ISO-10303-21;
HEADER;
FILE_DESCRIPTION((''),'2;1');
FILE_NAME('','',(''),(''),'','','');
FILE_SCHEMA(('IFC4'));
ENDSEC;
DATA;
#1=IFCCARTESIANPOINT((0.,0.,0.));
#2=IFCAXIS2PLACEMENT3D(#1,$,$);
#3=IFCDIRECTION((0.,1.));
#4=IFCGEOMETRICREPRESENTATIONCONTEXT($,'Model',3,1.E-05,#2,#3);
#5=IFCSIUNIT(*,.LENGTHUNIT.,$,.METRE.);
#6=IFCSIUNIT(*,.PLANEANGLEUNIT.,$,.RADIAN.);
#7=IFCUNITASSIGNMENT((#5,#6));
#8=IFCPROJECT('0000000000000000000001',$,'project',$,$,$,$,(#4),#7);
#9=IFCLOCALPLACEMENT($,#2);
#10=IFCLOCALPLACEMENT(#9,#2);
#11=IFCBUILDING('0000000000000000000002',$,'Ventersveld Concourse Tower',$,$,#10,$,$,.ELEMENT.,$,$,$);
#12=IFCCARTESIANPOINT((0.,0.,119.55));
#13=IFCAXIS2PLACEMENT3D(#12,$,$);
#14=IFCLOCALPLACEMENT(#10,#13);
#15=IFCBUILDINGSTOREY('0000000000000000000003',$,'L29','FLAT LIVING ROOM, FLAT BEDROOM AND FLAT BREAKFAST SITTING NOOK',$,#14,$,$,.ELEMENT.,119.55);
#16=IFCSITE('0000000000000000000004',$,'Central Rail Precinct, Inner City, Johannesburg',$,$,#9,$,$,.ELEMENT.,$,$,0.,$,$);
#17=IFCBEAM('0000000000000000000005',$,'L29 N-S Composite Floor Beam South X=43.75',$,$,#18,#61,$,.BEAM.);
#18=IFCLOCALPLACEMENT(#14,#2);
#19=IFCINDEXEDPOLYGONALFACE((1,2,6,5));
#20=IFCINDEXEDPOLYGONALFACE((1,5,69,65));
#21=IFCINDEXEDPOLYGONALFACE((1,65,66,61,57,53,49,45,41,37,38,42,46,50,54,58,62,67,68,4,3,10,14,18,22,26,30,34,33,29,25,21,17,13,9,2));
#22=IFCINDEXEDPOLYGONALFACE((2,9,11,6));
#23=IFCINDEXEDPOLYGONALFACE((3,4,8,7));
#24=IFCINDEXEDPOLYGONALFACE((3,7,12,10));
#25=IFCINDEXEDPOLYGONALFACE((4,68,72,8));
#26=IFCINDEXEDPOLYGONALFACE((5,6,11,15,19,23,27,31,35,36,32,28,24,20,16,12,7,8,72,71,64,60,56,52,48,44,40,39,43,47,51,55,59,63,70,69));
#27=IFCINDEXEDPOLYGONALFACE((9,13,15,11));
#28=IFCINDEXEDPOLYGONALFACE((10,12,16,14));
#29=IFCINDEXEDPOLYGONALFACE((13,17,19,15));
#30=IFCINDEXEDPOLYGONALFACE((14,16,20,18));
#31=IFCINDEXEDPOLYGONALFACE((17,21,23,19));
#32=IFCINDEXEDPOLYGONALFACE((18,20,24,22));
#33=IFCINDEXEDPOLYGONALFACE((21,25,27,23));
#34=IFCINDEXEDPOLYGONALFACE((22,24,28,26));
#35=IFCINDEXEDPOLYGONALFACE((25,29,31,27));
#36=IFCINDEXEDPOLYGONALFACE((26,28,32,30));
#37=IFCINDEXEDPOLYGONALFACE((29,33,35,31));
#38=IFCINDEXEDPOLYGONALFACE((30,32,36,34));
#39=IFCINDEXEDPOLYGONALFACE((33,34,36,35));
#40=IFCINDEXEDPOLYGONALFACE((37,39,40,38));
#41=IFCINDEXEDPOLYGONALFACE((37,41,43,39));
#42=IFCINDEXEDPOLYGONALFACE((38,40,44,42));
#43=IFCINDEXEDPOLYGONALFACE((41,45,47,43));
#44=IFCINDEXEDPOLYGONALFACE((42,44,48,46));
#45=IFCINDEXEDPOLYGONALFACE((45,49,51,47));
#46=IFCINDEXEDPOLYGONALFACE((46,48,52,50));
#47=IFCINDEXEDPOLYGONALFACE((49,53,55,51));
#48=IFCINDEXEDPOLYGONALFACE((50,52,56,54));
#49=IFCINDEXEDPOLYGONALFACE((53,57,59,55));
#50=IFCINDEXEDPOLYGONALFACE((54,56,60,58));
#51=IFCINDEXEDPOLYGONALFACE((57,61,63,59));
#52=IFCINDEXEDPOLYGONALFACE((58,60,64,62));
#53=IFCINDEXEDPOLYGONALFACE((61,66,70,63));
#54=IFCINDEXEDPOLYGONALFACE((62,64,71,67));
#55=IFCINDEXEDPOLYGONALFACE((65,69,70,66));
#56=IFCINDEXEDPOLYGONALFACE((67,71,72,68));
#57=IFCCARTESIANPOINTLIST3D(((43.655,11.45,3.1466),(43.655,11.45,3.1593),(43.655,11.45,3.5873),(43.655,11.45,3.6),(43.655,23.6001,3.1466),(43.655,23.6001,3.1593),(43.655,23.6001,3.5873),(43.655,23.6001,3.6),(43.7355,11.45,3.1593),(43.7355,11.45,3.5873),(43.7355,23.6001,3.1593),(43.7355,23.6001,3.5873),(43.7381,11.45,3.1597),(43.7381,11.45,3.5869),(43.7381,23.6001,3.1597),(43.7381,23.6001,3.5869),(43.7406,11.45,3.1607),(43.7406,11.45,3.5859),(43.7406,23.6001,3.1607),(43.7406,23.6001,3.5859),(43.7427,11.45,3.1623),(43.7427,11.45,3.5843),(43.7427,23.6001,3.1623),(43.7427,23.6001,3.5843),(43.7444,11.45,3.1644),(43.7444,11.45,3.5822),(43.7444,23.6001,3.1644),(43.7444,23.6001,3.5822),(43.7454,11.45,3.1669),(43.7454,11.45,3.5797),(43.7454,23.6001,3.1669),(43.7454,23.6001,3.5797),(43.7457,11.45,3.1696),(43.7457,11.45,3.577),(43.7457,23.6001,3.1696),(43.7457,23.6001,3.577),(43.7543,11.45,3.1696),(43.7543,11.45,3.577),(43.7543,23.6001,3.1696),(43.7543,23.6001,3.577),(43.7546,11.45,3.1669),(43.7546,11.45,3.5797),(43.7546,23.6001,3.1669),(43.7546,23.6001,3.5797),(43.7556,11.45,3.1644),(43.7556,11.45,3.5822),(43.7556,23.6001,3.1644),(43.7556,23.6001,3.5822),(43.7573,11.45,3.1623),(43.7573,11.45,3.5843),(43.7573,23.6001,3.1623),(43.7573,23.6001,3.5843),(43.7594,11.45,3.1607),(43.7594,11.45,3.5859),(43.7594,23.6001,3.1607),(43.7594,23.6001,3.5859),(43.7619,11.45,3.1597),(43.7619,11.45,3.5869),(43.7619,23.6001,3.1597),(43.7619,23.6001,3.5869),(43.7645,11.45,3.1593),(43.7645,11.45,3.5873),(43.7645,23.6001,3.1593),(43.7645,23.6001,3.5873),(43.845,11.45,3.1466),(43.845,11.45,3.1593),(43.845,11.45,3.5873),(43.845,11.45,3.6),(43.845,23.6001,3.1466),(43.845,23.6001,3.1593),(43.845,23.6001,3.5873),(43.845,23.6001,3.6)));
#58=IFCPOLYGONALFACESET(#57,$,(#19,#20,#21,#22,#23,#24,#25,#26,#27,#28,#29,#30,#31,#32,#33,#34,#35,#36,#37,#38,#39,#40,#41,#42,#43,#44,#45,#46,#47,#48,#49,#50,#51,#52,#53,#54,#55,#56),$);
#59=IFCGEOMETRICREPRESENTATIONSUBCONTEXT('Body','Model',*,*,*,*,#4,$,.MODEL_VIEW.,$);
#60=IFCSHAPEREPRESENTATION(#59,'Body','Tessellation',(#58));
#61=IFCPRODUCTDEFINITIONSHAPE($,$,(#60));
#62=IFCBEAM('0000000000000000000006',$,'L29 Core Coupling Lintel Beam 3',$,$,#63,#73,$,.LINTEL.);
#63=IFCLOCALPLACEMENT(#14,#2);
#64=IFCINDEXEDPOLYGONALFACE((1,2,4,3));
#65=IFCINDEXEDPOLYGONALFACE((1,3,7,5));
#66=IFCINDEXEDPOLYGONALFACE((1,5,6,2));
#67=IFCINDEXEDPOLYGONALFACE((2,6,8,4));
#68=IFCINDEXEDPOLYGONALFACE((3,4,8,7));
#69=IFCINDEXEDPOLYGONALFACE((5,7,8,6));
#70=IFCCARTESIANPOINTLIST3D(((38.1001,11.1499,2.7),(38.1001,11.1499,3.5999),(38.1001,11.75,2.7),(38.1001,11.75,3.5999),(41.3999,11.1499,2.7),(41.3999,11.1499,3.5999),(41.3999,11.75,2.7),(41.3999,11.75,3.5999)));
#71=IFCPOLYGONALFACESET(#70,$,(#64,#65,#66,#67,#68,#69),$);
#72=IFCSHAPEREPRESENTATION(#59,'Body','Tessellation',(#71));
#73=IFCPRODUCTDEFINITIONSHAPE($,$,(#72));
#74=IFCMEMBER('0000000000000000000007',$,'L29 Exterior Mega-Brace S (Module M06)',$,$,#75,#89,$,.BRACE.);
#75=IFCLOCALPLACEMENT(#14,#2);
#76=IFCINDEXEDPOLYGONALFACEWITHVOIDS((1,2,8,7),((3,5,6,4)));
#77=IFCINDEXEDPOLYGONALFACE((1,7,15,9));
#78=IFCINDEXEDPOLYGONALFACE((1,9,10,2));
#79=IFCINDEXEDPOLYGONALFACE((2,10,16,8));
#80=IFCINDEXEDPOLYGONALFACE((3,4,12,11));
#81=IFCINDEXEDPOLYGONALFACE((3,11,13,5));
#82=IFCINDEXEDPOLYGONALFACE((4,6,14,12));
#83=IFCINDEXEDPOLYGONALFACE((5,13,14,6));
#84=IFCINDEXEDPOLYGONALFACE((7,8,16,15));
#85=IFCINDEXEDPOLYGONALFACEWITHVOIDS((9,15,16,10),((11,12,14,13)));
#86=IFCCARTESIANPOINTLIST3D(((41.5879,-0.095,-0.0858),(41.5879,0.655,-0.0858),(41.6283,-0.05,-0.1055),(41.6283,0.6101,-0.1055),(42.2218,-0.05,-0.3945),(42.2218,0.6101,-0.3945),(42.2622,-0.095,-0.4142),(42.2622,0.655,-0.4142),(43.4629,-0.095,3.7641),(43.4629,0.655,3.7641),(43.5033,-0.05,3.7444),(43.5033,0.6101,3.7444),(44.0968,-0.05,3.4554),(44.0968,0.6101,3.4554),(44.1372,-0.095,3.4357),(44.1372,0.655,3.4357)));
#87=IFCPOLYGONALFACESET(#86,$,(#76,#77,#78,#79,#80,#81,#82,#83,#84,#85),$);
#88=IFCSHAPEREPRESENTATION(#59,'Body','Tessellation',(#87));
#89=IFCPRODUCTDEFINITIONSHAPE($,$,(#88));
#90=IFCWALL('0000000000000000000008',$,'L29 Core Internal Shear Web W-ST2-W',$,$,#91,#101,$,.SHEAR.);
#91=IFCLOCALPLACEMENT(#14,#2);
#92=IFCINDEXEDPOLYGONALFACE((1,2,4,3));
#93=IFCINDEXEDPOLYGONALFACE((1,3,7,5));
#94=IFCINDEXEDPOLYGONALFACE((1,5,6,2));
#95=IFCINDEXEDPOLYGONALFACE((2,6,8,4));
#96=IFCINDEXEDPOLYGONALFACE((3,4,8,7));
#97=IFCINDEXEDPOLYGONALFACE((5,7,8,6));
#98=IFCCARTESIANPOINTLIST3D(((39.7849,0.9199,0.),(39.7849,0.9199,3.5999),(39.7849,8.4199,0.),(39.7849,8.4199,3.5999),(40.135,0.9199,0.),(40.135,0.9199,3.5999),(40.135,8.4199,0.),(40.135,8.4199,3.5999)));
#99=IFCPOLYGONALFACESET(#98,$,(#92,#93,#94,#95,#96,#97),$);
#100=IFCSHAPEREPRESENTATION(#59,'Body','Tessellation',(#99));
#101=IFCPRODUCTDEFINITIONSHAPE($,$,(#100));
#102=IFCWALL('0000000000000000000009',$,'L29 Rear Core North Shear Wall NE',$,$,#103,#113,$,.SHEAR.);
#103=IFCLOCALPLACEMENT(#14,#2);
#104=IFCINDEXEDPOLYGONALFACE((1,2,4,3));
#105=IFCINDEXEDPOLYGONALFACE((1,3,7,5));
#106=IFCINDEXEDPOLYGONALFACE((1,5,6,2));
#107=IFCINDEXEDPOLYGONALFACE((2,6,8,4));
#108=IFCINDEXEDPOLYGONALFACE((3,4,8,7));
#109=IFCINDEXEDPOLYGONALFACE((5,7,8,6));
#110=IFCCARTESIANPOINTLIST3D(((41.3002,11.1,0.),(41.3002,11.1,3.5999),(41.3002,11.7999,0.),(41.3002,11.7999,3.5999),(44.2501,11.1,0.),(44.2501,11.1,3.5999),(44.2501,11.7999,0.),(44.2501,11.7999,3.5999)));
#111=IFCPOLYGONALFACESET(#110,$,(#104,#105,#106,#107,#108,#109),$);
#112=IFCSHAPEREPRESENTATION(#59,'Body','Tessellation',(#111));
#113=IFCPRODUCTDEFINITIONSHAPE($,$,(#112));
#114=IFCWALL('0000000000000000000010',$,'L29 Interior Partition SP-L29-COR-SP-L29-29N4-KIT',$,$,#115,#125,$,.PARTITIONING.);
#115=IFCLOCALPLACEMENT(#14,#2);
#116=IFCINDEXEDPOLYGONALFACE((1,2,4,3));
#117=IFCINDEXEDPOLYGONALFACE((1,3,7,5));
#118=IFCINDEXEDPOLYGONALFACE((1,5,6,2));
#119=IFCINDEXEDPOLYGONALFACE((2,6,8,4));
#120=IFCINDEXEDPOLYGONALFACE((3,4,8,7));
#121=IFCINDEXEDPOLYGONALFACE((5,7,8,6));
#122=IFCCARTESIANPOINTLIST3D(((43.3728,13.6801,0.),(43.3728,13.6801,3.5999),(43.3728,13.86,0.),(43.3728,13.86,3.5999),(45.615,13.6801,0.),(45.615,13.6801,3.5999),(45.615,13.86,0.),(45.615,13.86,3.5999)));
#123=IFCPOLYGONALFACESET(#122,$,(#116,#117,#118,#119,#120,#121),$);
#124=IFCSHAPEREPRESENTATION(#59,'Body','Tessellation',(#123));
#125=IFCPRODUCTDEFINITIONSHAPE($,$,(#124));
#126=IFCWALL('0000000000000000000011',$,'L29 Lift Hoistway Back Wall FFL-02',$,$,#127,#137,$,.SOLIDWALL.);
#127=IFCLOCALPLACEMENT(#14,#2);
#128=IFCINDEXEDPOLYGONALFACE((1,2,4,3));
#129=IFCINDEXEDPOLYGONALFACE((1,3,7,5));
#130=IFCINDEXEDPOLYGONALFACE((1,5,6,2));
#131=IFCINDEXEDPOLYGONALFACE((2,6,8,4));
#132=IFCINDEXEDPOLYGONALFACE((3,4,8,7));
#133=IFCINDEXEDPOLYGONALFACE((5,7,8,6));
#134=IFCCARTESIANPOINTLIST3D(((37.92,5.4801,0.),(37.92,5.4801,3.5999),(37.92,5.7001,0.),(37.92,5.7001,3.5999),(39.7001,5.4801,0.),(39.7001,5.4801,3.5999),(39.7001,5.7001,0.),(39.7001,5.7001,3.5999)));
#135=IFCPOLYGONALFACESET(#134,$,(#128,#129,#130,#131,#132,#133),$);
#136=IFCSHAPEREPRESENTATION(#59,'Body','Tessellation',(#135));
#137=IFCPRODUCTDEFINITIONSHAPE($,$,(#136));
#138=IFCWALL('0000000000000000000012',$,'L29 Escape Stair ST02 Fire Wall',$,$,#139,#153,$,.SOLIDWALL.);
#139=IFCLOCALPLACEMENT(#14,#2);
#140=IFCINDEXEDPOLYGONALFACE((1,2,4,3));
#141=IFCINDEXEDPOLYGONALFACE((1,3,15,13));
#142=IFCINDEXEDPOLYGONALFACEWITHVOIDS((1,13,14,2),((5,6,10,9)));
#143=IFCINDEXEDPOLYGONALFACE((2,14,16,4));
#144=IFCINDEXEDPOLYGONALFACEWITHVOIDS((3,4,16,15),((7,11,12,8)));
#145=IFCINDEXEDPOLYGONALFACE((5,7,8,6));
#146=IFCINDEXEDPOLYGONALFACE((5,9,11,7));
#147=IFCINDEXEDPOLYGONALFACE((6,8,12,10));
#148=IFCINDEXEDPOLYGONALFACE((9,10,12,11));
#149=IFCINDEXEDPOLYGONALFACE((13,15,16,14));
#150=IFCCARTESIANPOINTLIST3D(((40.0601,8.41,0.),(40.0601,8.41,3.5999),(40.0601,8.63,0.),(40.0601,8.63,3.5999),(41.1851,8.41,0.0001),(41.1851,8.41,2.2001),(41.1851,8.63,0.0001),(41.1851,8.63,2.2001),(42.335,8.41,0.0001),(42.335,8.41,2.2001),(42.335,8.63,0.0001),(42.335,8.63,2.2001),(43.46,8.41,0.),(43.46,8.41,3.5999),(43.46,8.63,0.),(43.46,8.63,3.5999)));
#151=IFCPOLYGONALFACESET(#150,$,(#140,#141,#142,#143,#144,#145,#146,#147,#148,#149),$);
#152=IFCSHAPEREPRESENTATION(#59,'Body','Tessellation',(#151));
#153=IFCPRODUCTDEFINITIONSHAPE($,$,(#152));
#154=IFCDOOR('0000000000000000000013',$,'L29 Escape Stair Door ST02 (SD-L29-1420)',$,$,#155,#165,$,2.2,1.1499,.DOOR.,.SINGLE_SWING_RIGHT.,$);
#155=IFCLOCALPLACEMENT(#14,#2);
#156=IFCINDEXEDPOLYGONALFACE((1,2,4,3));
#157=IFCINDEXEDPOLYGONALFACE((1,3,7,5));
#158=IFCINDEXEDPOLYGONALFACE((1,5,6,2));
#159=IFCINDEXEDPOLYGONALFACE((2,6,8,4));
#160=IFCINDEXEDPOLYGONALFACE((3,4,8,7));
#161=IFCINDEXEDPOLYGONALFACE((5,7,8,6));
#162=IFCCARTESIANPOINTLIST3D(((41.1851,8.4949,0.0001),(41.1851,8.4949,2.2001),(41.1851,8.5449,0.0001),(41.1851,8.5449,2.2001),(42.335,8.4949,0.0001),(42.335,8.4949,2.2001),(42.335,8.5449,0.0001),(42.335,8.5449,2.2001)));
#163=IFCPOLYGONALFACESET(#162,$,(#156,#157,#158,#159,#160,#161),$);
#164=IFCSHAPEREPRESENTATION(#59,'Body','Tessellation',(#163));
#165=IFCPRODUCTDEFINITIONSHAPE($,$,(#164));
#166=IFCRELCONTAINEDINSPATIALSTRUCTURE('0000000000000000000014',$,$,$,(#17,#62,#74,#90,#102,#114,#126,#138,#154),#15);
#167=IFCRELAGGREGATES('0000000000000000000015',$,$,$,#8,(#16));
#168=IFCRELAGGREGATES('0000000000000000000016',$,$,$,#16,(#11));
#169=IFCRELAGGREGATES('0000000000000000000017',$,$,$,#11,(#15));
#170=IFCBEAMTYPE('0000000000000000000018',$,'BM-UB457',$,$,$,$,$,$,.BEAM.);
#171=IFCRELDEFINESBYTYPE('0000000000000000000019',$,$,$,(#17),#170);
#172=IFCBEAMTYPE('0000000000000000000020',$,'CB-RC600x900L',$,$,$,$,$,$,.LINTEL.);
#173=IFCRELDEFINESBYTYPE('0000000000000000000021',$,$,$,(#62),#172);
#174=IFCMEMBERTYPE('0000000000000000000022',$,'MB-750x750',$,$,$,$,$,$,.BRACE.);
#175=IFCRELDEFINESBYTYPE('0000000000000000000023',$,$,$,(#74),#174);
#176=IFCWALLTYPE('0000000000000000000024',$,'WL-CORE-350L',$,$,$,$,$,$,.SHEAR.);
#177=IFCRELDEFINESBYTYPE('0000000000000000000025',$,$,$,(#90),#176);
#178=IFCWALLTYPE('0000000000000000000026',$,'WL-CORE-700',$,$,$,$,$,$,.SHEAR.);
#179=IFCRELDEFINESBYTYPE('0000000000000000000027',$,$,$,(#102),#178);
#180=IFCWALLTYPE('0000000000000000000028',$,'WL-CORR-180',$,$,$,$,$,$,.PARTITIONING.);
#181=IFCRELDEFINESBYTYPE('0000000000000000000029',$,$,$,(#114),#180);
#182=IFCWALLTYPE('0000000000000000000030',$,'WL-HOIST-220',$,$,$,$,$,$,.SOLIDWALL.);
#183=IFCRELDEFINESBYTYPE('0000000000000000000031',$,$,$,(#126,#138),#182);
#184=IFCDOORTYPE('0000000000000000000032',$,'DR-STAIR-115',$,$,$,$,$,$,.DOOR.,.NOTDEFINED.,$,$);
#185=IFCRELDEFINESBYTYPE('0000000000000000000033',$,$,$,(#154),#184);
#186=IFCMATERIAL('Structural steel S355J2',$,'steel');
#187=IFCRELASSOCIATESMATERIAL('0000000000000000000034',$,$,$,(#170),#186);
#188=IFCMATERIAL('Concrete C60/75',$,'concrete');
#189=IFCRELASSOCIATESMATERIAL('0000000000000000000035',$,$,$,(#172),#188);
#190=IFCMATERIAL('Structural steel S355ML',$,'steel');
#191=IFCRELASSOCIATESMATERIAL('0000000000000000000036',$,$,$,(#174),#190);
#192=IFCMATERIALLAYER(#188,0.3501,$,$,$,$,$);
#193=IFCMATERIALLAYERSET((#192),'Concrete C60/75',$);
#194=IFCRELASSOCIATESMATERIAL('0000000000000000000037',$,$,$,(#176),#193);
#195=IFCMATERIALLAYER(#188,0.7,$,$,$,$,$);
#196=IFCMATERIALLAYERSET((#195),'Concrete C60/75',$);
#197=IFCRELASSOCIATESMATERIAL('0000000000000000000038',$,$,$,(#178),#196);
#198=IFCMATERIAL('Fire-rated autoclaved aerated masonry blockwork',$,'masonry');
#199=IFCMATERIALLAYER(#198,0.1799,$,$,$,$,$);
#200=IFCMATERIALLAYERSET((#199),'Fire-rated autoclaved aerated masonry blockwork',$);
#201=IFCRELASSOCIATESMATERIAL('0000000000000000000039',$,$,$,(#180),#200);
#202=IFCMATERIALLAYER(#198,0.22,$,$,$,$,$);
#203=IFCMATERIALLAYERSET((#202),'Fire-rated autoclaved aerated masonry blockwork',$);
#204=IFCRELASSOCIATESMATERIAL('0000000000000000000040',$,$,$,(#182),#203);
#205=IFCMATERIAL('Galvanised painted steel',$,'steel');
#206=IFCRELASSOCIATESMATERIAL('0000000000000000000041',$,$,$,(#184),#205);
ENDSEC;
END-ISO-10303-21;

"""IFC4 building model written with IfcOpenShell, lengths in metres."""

from ifc_helpers import new_model, si_unit, direction, frame, frame_2d, origin, origin_2d, place, context, subcontext, project, spatial, rectangle, hollow_rectangle, i_section, extrude, material, layer, layer_set, material_profile, profile_set, type_object, element, fill, save


model = new_model("IFC4")

# Units and contexts
model_context = context("Model", 3, precision=1e-05, world=origin(), true_north=direction((0.0, 1.0)))
body_context = subcontext(model_context, "Body", "Model", "MODEL_VIEW")
ifc_project = project(units=[si_unit("LENGTHUNIT", "METRE"), si_unit("PLANEANGLEUNIT", "RADIAN")], contexts=[model_context])

# Site, building, storey
site_placement = place(None, origin())
site = spatial("IfcSite", under=ifc_project, at=site_placement, Name="Central Rail Precinct, Inner City, Johannesburg", CompositionType="ELEMENT", RefElevation=0.0)
building_placement = place(site_placement, origin())
building = spatial("IfcBuilding", under=site, at=building_placement, Name="Ventersveld Concourse Tower", CompositionType="ELEMENT")
storey_placement = place(building_placement, frame((0.0, 0.0, 119.55)))
storey = spatial("IfcBuildingStorey", under=building, at=storey_placement, Name="L29", Description="FLAT LIVING ROOM, FLAT BEDROOM AND FLAT BREAKFAST SITTING NOOK", CompositionType="ELEMENT", Elevation=119.55)

# Beams
ifc_material_1 = material(Name="Structural steel S355J2", Category="steel")
ifc_material_profile_1 = material_profile(ifc_material_1, i_section(OverallWidth=0.1899, OverallDepth=0.4534, WebThickness=0.0085, FlangeThickness=0.0127, FilletRadius=0.0103, at=origin_2d()), Name="UB 457x191x67")
ifc_profile_set_1 = profile_set([ifc_material_profile_1], Name="Structural steel S355J2")
beam_type_1 = type_object("IfcBeamType", Name="BM-UB457", PredefinedType="BEAM", material=ifc_profile_set_1)
beam_1_placement = place(storey_placement, frame((43.75, 11.45, 3.3733), z_axis=(0.0, 1.0, 0.0), x_axis=(-1.0, 0.0, 0.0)))
element("IfcBeam", 1, at=beam_1_placement, inside=storey, type_object=beam_type_1, Name="L29 N-S Composite Floor Beam South X=43.75", PredefinedType="BEAM", context=body_context, shape_type="SweptSolid", body=[
    extrude(i_section(OverallWidth=0.1899, OverallDepth=0.4534, WebThickness=0.0085, FlangeThickness=0.0127, FilletRadius=0.0103, at=origin_2d()), origin(), (0.0, 0.0, 1.0), 12.1501),
])
ifc_material_2 = material(Name="Concrete C60/75", Category="concrete")
ifc_material_profile_2 = material_profile(ifc_material_2, rectangle(XDim=0.6001, YDim=0.8999, at=origin_2d()), Name="RC 600x900")
ifc_profile_set_2 = profile_set([ifc_material_profile_2], Name="Concrete C60/75")
beam_type_2 = type_object("IfcBeamType", Name="CB-RC600x900L", PredefinedType="LINTEL", material=ifc_profile_set_2)
beam_2_placement = place(storey_placement, frame((38.1001, 11.45, 3.1499), z_axis=(1.0, 0.0, 0.0), x_axis=(0.0, 1.0, 0.0)))
element("IfcBeam", 2, at=beam_2_placement, inside=storey, type_object=beam_type_2, Name="L29 Core Coupling Lintel Beam 3", PredefinedType="LINTEL", context=body_context, shape_type="SweptSolid", body=[
    extrude(rectangle(XDim=0.6001, YDim=0.8999, at=origin_2d()), origin(), (0.0, 0.0, 1.0), 3.2998),
])

# Member
ifc_material_3 = material(Name="Structural steel S355ML", Category="steel")
ifc_material_profile_3 = material_profile(ifc_material_3, hollow_rectangle(XDim=0.75, YDim=0.75, WallThickness=0.0449, at=origin_2d()), Name="BOX 750x750x45")
ifc_profile_set_3 = profile_set([ifc_material_profile_3], Name="Structural steel S355ML")
member_type = type_object("IfcMemberType", Name="MB-750x750", PredefinedType="BRACE", material=ifc_profile_set_3)
member_placement = place(storey_placement, frame((41.925, 0.28, -0.25), z_axis=(0.437862, 0.0, 0.899042), x_axis=(0.0, 1.0, 0.0)))
element("IfcMember", 3, at=member_placement, inside=storey, type_object=member_type, Name="L29 Exterior Mega-Brace S (Module M06)", PredefinedType="BRACE", context=body_context, shape_type="SweptSolid", body=[
    extrude(hollow_rectangle(XDim=0.75, YDim=0.75, WallThickness=0.0449, at=origin_2d()), origin(), (0.0, 0.0, 1.0), 4.2822),
])

# Walls
ifc_layer_1 = layer(ifc_material_2, 0.3501)
ifc_layer_set_1 = layer_set([ifc_layer_1], Name="Concrete C60/75")
wall_type_1 = type_object("IfcWallType", Name="WL-CORE-350L", PredefinedType="SHEAR", material=ifc_layer_set_1)
wall_1_placement = place(storey_placement, frame((39.96, 0.9199, 0.0), z_axis=(0.0, 0.0, 1.0), x_axis=(0.0, 1.0, 0.0)))
element("IfcWall", 4, at=wall_1_placement, inside=storey, type_object=wall_type_1, Name="L29 Core Internal Shear Web W-ST2-W", PredefinedType="SHEAR", context=body_context, shape_type="SweptSolid", body=[
    extrude(rectangle(XDim=7.5, YDim=0.3501, at=frame_2d((3.75, 0.0))), origin(), (0.0, 0.0, 1.0), 3.5999),
])
ifc_layer_2 = layer(ifc_material_2, 0.7)
ifc_layer_set_2 = layer_set([ifc_layer_2], Name="Concrete C60/75")
wall_type_2 = type_object("IfcWallType", Name="WL-CORE-700", PredefinedType="SHEAR", material=ifc_layer_set_2)
wall_2_placement = place(storey_placement, frame((41.3, 11.45, 0.0), z_axis=(0.0, 0.0, 1.0), x_axis=(1.0, 0.0, 0.0)))
element("IfcWall", 5, at=wall_2_placement, inside=storey, type_object=wall_type_2, Name="L29 Rear Core North Shear Wall NE", PredefinedType="SHEAR", context=body_context, shape_type="SweptSolid", body=[
    extrude(rectangle(XDim=2.95, YDim=0.7, at=frame_2d((1.4751, 0.0))), origin(), (0.0, 0.0, 1.0), 3.5999),
])

# Shared definitions
ifc_material_4 = material(Name="Fire-rated autoclaved aerated masonry blockwork", Category="masonry")
ifc_layer_3 = layer(ifc_material_4, 0.1799)
ifc_layer_set_3 = layer_set([ifc_layer_3], Name="Fire-rated autoclaved aerated masonry blockwork")
wall_type_3 = type_object("IfcWallType", Name="WL-CORR-180", PredefinedType="PARTITIONING", material=ifc_layer_set_3)

# Walls
wall_3_placement = place(storey_placement, frame((43.3728, 13.77, 0.0), z_axis=(0.0, 0.0, 1.0), x_axis=(1.0, 0.0, 0.0)))
element("IfcWall", 6, at=wall_3_placement, inside=storey, type_object=wall_type_3, Name="L29 Interior Partition SP-L29-COR-SP-L29-29N4-KIT", PredefinedType="PARTITIONING", context=body_context, shape_type="SweptSolid", body=[
    extrude(rectangle(XDim=2.2422, YDim=0.1799, at=frame_2d((1.1211, 0.0))), origin(), (0.0, 0.0, 1.0), 3.5999),
])
ifc_layer_4 = layer(ifc_material_4, 0.22)
ifc_layer_set_4 = layer_set([ifc_layer_4], Name="Fire-rated autoclaved aerated masonry blockwork")
wall_type_4 = type_object("IfcWallType", Name="WL-HOIST-220", PredefinedType="SOLIDWALL", material=ifc_layer_set_4)
wall_4_placement = place(storey_placement, frame((37.9199, 5.5901, 0.0), z_axis=(0.0, 0.0, 1.0), x_axis=(1.0, 0.0, 0.0)))
element("IfcWall", 7, at=wall_4_placement, inside=storey, type_object=wall_type_4, Name="L29 Lift Hoistway Back Wall FFL-02", PredefinedType="SOLIDWALL", context=body_context, shape_type="SweptSolid", body=[
    extrude(rectangle(XDim=1.78, YDim=0.22, at=frame_2d((0.8901, 0.0))), origin(), (0.0, 0.0, 1.0), 3.5999),
])

# Wall, opening, door
wall_5_placement = place(storey_placement, frame((40.0601, 8.52, 0.0), z_axis=(0.0, 0.0, 1.0), x_axis=(1.0, 0.0, 0.0)))
wall_5 = element("IfcWall", 8, at=wall_5_placement, inside=storey, type_object=wall_type_4, Name="L29 Escape Stair ST02 Fire Wall", PredefinedType="SOLIDWALL", context=body_context, shape_type="SweptSolid", body=[
    extrude(rectangle(XDim=3.3999, YDim=0.22, at=frame_2d((1.7, 0.0))), origin(), (0.0, 0.0, 1.0), 3.5999),
])
opening_1_placement = place(wall_5_placement, frame((1.125, 0.0, 0.0)))
opening_1 = element("IfcOpeningElement", 9, at=opening_1_placement, cuts=wall_5, PredefinedType="OPENING", context=body_context, shape_type="SweptSolid", body=[
    extrude(rectangle(XDim=1.1499, YDim=2.2, at=frame_2d((0.575, 1.1001))), frame((0.0, 0.1201, 0.0), z_axis=(0.0, -1.0, 0.0), x_axis=(1.0, 0.0, 0.0)), (0.0, 0.0, 1.0), 0.24),
])
ifc_material_5 = material(Name="Galvanised painted steel", Category="steel")
door_type_1 = type_object("IfcDoorType", Name="DR-STAIR-115", OperationType="NOTDEFINED", PredefinedType="DOOR", material=ifc_material_5)
door_1_placement = place(opening_1_placement, origin())
door_1 = element("IfcDoor", 10, at=door_1_placement, inside=storey, type_object=door_type_1, Name="L29 Escape Stair Door ST02 (SD-L29-1420)", OperationType="SINGLE_SWING_RIGHT", OverallHeight=2.2, OverallWidth=1.1499, PredefinedType="DOOR", context=body_context, shape_type="SweptSolid", body=[
    extrude(rectangle(XDim=1.1499, YDim=2.2, at=frame_2d((0.575, 1.1001))), frame((0.0, 0.0249, 0.0), z_axis=(0.0, -1.0, 0.0), x_axis=(1.0, 0.0, 0.0)), (0.0, 0.0, 1.0), 0.05),
])
fill(opening_1, door_1)

save(model, "model.ifc")
